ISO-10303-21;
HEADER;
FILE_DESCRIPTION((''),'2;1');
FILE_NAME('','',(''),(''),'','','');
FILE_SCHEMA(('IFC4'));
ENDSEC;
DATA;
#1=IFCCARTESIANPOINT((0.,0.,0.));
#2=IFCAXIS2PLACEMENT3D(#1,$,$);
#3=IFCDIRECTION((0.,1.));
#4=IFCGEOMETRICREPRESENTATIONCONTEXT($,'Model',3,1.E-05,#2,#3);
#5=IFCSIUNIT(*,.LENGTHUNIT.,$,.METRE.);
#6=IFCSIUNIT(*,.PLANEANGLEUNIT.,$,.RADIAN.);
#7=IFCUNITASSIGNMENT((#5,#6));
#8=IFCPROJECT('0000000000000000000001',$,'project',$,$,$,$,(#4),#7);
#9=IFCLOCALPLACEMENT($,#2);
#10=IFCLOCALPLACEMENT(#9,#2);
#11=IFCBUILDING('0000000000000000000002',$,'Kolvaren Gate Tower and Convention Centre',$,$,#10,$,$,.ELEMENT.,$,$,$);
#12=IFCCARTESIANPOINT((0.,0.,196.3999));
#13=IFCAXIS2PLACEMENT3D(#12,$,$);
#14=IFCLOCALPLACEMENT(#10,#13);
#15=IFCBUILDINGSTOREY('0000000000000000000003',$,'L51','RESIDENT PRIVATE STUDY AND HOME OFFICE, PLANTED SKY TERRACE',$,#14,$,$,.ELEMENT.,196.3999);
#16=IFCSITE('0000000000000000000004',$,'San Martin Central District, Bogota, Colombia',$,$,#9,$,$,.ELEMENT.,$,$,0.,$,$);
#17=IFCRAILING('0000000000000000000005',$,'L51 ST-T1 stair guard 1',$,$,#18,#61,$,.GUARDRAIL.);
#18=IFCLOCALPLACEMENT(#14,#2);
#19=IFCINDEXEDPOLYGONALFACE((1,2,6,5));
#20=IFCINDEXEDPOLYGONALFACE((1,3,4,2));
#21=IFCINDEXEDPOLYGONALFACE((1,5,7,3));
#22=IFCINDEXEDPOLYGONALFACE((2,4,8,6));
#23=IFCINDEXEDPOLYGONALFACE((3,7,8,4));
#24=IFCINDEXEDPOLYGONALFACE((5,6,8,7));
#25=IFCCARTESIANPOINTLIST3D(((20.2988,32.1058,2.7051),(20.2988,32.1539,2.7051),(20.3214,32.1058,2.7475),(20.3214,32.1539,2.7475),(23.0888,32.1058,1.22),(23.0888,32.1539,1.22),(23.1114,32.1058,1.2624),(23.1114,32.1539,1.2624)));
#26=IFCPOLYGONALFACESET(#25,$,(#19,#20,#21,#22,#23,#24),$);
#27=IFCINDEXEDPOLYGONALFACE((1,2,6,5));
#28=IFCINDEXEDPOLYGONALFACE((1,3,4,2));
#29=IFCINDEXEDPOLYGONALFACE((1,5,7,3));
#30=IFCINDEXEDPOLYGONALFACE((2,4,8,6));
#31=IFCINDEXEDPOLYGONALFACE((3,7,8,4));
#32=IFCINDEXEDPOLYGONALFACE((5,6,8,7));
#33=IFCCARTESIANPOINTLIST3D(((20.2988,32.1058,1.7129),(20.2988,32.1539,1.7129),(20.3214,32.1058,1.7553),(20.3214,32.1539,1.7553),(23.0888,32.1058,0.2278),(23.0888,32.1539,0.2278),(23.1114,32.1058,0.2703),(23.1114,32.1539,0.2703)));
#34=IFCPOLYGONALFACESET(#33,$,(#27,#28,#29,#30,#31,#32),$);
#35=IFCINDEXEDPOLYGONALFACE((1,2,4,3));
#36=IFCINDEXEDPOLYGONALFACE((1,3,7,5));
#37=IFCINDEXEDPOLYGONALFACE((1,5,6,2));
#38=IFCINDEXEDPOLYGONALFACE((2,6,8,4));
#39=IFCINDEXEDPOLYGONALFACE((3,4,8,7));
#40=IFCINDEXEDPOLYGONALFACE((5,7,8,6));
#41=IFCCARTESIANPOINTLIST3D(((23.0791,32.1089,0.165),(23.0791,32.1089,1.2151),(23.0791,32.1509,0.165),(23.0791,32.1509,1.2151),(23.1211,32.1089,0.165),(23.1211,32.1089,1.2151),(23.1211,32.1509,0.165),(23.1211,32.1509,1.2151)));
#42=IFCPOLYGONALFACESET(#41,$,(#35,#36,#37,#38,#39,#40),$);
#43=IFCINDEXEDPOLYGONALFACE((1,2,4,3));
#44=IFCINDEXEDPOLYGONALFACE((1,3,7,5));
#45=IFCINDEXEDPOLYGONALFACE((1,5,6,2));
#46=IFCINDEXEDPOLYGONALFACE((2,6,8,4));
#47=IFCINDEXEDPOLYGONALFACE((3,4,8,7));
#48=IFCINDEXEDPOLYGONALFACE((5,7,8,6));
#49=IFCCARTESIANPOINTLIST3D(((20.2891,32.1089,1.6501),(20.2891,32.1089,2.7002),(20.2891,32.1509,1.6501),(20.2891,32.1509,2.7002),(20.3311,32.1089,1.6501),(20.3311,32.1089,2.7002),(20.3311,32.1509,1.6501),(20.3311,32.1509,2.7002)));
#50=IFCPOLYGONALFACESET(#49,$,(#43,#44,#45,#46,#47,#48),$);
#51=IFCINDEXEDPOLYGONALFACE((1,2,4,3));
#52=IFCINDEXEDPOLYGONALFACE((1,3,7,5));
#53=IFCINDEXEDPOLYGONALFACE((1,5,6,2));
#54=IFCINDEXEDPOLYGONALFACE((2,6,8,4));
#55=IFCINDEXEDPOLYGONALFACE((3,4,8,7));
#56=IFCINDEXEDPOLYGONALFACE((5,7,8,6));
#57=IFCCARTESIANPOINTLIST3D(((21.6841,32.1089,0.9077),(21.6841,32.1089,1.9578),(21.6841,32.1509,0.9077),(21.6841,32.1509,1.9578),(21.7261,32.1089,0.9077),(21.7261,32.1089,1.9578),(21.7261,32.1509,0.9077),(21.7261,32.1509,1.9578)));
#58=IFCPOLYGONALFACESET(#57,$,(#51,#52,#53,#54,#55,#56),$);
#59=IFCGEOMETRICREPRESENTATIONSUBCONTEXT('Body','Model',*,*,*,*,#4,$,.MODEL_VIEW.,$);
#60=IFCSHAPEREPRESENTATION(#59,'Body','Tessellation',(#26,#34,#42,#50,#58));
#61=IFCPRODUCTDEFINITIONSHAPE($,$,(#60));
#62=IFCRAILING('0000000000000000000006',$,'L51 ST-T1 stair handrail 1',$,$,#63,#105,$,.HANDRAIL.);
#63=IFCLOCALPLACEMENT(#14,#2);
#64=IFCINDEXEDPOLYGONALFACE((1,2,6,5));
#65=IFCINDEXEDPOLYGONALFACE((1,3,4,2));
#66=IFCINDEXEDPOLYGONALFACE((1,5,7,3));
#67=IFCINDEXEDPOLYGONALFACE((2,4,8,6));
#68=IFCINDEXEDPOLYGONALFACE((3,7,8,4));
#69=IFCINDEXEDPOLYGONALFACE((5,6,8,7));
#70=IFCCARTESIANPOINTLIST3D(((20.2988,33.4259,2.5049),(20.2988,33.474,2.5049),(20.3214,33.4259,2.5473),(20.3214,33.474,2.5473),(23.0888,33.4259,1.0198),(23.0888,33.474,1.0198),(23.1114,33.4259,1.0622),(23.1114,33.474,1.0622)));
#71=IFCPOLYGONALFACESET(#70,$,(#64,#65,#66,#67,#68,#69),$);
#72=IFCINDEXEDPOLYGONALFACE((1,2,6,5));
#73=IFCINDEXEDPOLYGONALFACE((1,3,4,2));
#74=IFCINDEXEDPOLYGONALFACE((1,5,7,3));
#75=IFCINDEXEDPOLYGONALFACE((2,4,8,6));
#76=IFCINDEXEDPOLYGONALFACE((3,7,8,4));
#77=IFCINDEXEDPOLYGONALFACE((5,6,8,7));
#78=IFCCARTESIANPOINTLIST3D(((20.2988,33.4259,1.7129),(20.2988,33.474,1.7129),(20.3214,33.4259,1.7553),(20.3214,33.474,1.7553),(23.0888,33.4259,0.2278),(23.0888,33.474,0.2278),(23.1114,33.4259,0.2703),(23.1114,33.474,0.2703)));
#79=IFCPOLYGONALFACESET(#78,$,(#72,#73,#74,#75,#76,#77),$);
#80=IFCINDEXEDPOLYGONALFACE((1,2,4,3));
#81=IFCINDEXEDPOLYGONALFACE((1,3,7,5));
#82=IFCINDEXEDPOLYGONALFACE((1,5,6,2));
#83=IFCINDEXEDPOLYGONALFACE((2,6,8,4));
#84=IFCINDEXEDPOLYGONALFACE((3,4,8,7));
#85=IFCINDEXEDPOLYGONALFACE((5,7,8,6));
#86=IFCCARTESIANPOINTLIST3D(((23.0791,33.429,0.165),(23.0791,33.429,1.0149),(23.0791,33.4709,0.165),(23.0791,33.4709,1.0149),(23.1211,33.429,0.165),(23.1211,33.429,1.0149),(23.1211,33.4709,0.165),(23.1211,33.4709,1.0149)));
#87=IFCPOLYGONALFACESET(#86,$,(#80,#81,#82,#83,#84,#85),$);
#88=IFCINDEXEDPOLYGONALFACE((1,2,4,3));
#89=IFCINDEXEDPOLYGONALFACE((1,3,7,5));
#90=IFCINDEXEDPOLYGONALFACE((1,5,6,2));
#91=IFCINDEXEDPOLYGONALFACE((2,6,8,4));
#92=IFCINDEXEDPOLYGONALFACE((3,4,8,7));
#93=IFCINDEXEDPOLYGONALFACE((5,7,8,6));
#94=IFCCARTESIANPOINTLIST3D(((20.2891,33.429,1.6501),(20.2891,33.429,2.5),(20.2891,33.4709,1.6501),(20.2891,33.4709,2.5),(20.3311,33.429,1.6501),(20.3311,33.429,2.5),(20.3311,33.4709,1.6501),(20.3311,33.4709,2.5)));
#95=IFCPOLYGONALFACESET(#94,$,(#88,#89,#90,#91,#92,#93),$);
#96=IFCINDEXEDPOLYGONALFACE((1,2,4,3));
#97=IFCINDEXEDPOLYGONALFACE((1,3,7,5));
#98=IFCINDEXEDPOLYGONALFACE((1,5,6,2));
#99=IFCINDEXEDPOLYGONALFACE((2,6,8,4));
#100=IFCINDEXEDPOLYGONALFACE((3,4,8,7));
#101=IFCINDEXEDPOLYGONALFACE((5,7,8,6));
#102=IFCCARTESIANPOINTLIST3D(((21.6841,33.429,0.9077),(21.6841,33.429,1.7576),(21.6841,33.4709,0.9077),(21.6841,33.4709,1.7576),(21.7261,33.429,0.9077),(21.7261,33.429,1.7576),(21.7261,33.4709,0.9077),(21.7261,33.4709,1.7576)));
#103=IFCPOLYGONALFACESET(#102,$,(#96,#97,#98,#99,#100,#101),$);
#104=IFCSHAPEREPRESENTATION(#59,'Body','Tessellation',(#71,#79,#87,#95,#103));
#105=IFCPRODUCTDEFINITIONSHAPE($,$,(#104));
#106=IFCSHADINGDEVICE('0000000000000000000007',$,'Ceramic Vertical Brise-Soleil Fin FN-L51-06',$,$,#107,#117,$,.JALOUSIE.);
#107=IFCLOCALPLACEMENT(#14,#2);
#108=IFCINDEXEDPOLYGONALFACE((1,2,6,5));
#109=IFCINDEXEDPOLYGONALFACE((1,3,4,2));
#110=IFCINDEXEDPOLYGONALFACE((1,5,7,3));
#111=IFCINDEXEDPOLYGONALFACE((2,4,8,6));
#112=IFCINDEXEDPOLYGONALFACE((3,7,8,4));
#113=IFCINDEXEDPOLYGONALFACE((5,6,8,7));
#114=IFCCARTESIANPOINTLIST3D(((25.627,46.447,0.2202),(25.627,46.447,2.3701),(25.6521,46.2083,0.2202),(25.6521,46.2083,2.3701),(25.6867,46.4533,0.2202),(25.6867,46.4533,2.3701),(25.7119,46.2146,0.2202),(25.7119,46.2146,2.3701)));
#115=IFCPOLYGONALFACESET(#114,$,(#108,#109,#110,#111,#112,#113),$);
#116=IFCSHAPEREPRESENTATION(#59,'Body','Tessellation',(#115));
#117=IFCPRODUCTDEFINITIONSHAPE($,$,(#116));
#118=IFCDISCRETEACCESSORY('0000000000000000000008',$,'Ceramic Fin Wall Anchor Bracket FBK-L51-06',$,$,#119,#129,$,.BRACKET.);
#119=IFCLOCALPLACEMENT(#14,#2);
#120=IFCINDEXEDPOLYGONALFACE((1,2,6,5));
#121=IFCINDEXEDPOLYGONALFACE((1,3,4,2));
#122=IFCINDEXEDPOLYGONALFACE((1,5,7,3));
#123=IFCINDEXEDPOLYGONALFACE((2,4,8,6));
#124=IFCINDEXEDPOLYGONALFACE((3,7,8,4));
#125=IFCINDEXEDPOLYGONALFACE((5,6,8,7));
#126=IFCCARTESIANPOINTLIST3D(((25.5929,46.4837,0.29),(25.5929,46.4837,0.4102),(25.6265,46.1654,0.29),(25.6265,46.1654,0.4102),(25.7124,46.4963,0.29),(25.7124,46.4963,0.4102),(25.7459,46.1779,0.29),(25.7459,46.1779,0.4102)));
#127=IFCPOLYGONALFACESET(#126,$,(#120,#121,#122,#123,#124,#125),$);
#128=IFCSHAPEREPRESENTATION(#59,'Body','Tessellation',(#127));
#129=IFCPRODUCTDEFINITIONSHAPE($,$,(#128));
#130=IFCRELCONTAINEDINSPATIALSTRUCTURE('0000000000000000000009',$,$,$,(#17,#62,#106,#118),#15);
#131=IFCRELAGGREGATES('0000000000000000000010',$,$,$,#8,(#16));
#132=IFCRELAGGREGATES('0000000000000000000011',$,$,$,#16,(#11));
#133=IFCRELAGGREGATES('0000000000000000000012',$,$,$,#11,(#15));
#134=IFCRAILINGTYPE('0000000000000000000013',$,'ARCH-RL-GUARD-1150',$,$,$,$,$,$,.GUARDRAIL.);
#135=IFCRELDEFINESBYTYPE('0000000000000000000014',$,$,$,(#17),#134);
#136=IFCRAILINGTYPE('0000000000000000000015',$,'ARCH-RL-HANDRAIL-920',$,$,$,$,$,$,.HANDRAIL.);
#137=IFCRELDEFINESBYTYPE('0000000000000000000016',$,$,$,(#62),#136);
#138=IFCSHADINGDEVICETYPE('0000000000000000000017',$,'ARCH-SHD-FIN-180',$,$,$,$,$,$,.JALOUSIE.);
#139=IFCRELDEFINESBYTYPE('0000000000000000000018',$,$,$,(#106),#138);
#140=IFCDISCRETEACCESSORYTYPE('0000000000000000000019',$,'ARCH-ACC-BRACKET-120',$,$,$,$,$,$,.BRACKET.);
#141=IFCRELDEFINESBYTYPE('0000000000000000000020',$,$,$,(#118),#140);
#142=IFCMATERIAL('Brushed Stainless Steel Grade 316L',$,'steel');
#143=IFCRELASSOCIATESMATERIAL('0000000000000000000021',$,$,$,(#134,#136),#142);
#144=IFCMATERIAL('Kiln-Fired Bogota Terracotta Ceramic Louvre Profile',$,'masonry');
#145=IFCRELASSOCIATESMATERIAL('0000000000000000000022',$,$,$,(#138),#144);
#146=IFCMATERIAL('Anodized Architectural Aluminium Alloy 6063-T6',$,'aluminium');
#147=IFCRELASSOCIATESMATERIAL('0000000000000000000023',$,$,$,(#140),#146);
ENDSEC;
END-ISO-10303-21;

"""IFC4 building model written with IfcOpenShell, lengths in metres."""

from ifc_helpers import new_model, si_unit, direction, frame, origin, origin_2d, place, context, subcontext, project, spatial, rectangle, extrude, material, type_object, element, save


model = new_model("IFC4")

# Units and contexts
model_context = context("Model", 3, precision=1e-05, world=origin(), true_north=direction((0.0, 1.0)))
body_context = subcontext(model_context, "Body", "Model", "MODEL_VIEW")
ifc_project = project(units=[si_unit("LENGTHUNIT", "METRE"), si_unit("PLANEANGLEUNIT", "RADIAN")], contexts=[model_context])

# Site, building, storey
site_placement = place(None, origin())
site = spatial("IfcSite", under=ifc_project, at=site_placement, Name="San Martin Central District, Bogota, Colombia", CompositionType="ELEMENT", RefElevation=0.0)
building_placement = place(site_placement, origin())
building = spatial("IfcBuilding", under=site, at=building_placement, Name="Kolvaren Gate Tower and Convention Centre", CompositionType="ELEMENT")
storey_placement = place(building_placement, frame((0.0, 0.0, 196.3999)))
storey = spatial("IfcBuildingStorey", under=building, at=storey_placement, Name="L51", Description="RESIDENT PRIVATE STUDY AND HOME OFFICE, PLANTED SKY TERRACE", CompositionType="ELEMENT", Elevation=196.3999)

# Railings
ifc_material_1 = material(Name="Brushed Stainless Steel Grade 316L", Category="steel")
railing_type_1 = type_object("IfcRailingType", Name="ARCH-RL-GUARD-1150", PredefinedType="GUARDRAIL", material=ifc_material_1)
railing_1_placement = place(storey_placement, frame((23.1001, 32.1299, 0.165)))
element("IfcRailing", 1, at=railing_1_placement, inside=storey, type_object=railing_type_1, Name="L51 ST-T1 stair guard 1", PredefinedType="GUARDRAIL", context=body_context, shape_type="SweptSolid", body=[
    extrude(rectangle(XDim=0.0481, YDim=0.0481, at=origin_2d()), frame((0.0, 0.0, 1.0762), z_axis=(-0.882735, 0.0, 0.46987), x_axis=(0.0, -1.0, 0.0)), (0.0, 0.0, 1.0), 3.1606),
    extrude(rectangle(XDim=0.0481, YDim=0.0481, at=origin_2d()), frame((0.0, 0.0, 0.084), z_axis=(-0.882735, 0.0, 0.46987), x_axis=(0.0, -1.0, 0.0)), (0.0, 0.0, 1.0), 3.1606),
    extrude(rectangle(XDim=0.042, YDim=0.042, at=origin_2d()), origin(), (0.0, 0.0, 1.0), 1.05),
    extrude(rectangle(XDim=0.042, YDim=0.042, at=origin_2d()), frame((-2.79, 0.0, 1.4851)), (0.0, 0.0, 1.0), 1.05),
    extrude(rectangle(XDim=0.042, YDim=0.042, at=origin_2d()), frame((-1.395, 0.0, 0.7427)), (0.0, 0.0, 1.0), 1.05),
])
railing_type_2 = type_object("IfcRailingType", Name="ARCH-RL-HANDRAIL-920", PredefinedType="HANDRAIL", material=ifc_material_1)
railing_2_placement = place(storey_placement, frame((23.1001, 33.45, 0.165)))
element("IfcRailing", 2, at=railing_2_placement, inside=storey, type_object=railing_type_2, Name="L51 ST-T1 stair handrail 1", PredefinedType="HANDRAIL", context=body_context, shape_type="SweptSolid", body=[
    extrude(rectangle(XDim=0.0481, YDim=0.0481, at=origin_2d()), frame((0.0, 0.0, 0.876), z_axis=(-0.882735, 0.0, 0.46987), x_axis=(0.0, -1.0, 0.0)), (0.0, 0.0, 1.0), 3.1606),
    extrude(rectangle(XDim=0.0481, YDim=0.0481, at=origin_2d()), frame((0.0, 0.0, 0.084), z_axis=(-0.882735, 0.0, 0.46987), x_axis=(0.0, -1.0, 0.0)), (0.0, 0.0, 1.0), 3.1606),
    extrude(rectangle(XDim=0.042, YDim=0.042, at=origin_2d()), origin(), (0.0, 0.0, 1.0), 0.8499),
    extrude(rectangle(XDim=0.042, YDim=0.042, at=origin_2d()), frame((-2.79, 0.0, 1.4851)), (0.0, 0.0, 1.0), 0.8499),
    extrude(rectangle(XDim=0.042, YDim=0.042, at=origin_2d()), frame((-1.395, 0.0, 0.7427)), (0.0, 0.0, 1.0), 0.8499),
])

# Shading device
ifc_material_2 = material(Name="Kiln-Fired Bogota Terracotta Ceramic Louvre Profile", Category="masonry")
shading_device_type = type_object("IfcShadingDeviceType", Name="ARCH-SHD-FIN-180", PredefinedType="JALOUSIE", material=ifc_material_2)
shading_device_placement = place(storey_placement, frame((25.6694, 46.3308, 0.2202), z_axis=(0.0, 0.0, 1.0), x_axis=(0.994499, 0.104747, 0.0)))
element("IfcShadingDevice", 3, at=shading_device_placement, inside=storey, type_object=shading_device_type, Name="Ceramic Vertical Brise-Soleil Fin FN-L51-06", PredefinedType="JALOUSIE", context=body_context, shape_type="SweptSolid", body=[
    extrude(rectangle(XDim=0.0601, YDim=0.24, at=origin_2d()), origin(), (0.0, 0.0, 1.0), 2.1499),
])

# Discrete accessory
ifc_material_3 = material(Name="Anodized Architectural Aluminium Alloy 6063-T6", Category="aluminium")
discrete_accessory_type = type_object("IfcDiscreteAccessoryType", Name="ARCH-ACC-BRACKET-120", PredefinedType="BRACKET", material=ifc_material_3)
discrete_accessory_placement = place(storey_placement, frame((25.6694, 46.3308, 0.29), z_axis=(0.0, 0.0, 1.0), x_axis=(0.994499, 0.104747, 0.0)))
element("IfcDiscreteAccessory", 4, at=discrete_accessory_placement, inside=storey, type_object=discrete_accessory_type, Name="Ceramic Fin Wall Anchor Bracket FBK-L51-06", PredefinedType="BRACKET", context=body_context, shape_type="SweptSolid", body=[
    extrude(rectangle(XDim=0.1201, YDim=0.3201, at=origin_2d()), origin(), (0.0, 0.0, 1.0), 0.1201),
])

save(model, "model.ifc")
